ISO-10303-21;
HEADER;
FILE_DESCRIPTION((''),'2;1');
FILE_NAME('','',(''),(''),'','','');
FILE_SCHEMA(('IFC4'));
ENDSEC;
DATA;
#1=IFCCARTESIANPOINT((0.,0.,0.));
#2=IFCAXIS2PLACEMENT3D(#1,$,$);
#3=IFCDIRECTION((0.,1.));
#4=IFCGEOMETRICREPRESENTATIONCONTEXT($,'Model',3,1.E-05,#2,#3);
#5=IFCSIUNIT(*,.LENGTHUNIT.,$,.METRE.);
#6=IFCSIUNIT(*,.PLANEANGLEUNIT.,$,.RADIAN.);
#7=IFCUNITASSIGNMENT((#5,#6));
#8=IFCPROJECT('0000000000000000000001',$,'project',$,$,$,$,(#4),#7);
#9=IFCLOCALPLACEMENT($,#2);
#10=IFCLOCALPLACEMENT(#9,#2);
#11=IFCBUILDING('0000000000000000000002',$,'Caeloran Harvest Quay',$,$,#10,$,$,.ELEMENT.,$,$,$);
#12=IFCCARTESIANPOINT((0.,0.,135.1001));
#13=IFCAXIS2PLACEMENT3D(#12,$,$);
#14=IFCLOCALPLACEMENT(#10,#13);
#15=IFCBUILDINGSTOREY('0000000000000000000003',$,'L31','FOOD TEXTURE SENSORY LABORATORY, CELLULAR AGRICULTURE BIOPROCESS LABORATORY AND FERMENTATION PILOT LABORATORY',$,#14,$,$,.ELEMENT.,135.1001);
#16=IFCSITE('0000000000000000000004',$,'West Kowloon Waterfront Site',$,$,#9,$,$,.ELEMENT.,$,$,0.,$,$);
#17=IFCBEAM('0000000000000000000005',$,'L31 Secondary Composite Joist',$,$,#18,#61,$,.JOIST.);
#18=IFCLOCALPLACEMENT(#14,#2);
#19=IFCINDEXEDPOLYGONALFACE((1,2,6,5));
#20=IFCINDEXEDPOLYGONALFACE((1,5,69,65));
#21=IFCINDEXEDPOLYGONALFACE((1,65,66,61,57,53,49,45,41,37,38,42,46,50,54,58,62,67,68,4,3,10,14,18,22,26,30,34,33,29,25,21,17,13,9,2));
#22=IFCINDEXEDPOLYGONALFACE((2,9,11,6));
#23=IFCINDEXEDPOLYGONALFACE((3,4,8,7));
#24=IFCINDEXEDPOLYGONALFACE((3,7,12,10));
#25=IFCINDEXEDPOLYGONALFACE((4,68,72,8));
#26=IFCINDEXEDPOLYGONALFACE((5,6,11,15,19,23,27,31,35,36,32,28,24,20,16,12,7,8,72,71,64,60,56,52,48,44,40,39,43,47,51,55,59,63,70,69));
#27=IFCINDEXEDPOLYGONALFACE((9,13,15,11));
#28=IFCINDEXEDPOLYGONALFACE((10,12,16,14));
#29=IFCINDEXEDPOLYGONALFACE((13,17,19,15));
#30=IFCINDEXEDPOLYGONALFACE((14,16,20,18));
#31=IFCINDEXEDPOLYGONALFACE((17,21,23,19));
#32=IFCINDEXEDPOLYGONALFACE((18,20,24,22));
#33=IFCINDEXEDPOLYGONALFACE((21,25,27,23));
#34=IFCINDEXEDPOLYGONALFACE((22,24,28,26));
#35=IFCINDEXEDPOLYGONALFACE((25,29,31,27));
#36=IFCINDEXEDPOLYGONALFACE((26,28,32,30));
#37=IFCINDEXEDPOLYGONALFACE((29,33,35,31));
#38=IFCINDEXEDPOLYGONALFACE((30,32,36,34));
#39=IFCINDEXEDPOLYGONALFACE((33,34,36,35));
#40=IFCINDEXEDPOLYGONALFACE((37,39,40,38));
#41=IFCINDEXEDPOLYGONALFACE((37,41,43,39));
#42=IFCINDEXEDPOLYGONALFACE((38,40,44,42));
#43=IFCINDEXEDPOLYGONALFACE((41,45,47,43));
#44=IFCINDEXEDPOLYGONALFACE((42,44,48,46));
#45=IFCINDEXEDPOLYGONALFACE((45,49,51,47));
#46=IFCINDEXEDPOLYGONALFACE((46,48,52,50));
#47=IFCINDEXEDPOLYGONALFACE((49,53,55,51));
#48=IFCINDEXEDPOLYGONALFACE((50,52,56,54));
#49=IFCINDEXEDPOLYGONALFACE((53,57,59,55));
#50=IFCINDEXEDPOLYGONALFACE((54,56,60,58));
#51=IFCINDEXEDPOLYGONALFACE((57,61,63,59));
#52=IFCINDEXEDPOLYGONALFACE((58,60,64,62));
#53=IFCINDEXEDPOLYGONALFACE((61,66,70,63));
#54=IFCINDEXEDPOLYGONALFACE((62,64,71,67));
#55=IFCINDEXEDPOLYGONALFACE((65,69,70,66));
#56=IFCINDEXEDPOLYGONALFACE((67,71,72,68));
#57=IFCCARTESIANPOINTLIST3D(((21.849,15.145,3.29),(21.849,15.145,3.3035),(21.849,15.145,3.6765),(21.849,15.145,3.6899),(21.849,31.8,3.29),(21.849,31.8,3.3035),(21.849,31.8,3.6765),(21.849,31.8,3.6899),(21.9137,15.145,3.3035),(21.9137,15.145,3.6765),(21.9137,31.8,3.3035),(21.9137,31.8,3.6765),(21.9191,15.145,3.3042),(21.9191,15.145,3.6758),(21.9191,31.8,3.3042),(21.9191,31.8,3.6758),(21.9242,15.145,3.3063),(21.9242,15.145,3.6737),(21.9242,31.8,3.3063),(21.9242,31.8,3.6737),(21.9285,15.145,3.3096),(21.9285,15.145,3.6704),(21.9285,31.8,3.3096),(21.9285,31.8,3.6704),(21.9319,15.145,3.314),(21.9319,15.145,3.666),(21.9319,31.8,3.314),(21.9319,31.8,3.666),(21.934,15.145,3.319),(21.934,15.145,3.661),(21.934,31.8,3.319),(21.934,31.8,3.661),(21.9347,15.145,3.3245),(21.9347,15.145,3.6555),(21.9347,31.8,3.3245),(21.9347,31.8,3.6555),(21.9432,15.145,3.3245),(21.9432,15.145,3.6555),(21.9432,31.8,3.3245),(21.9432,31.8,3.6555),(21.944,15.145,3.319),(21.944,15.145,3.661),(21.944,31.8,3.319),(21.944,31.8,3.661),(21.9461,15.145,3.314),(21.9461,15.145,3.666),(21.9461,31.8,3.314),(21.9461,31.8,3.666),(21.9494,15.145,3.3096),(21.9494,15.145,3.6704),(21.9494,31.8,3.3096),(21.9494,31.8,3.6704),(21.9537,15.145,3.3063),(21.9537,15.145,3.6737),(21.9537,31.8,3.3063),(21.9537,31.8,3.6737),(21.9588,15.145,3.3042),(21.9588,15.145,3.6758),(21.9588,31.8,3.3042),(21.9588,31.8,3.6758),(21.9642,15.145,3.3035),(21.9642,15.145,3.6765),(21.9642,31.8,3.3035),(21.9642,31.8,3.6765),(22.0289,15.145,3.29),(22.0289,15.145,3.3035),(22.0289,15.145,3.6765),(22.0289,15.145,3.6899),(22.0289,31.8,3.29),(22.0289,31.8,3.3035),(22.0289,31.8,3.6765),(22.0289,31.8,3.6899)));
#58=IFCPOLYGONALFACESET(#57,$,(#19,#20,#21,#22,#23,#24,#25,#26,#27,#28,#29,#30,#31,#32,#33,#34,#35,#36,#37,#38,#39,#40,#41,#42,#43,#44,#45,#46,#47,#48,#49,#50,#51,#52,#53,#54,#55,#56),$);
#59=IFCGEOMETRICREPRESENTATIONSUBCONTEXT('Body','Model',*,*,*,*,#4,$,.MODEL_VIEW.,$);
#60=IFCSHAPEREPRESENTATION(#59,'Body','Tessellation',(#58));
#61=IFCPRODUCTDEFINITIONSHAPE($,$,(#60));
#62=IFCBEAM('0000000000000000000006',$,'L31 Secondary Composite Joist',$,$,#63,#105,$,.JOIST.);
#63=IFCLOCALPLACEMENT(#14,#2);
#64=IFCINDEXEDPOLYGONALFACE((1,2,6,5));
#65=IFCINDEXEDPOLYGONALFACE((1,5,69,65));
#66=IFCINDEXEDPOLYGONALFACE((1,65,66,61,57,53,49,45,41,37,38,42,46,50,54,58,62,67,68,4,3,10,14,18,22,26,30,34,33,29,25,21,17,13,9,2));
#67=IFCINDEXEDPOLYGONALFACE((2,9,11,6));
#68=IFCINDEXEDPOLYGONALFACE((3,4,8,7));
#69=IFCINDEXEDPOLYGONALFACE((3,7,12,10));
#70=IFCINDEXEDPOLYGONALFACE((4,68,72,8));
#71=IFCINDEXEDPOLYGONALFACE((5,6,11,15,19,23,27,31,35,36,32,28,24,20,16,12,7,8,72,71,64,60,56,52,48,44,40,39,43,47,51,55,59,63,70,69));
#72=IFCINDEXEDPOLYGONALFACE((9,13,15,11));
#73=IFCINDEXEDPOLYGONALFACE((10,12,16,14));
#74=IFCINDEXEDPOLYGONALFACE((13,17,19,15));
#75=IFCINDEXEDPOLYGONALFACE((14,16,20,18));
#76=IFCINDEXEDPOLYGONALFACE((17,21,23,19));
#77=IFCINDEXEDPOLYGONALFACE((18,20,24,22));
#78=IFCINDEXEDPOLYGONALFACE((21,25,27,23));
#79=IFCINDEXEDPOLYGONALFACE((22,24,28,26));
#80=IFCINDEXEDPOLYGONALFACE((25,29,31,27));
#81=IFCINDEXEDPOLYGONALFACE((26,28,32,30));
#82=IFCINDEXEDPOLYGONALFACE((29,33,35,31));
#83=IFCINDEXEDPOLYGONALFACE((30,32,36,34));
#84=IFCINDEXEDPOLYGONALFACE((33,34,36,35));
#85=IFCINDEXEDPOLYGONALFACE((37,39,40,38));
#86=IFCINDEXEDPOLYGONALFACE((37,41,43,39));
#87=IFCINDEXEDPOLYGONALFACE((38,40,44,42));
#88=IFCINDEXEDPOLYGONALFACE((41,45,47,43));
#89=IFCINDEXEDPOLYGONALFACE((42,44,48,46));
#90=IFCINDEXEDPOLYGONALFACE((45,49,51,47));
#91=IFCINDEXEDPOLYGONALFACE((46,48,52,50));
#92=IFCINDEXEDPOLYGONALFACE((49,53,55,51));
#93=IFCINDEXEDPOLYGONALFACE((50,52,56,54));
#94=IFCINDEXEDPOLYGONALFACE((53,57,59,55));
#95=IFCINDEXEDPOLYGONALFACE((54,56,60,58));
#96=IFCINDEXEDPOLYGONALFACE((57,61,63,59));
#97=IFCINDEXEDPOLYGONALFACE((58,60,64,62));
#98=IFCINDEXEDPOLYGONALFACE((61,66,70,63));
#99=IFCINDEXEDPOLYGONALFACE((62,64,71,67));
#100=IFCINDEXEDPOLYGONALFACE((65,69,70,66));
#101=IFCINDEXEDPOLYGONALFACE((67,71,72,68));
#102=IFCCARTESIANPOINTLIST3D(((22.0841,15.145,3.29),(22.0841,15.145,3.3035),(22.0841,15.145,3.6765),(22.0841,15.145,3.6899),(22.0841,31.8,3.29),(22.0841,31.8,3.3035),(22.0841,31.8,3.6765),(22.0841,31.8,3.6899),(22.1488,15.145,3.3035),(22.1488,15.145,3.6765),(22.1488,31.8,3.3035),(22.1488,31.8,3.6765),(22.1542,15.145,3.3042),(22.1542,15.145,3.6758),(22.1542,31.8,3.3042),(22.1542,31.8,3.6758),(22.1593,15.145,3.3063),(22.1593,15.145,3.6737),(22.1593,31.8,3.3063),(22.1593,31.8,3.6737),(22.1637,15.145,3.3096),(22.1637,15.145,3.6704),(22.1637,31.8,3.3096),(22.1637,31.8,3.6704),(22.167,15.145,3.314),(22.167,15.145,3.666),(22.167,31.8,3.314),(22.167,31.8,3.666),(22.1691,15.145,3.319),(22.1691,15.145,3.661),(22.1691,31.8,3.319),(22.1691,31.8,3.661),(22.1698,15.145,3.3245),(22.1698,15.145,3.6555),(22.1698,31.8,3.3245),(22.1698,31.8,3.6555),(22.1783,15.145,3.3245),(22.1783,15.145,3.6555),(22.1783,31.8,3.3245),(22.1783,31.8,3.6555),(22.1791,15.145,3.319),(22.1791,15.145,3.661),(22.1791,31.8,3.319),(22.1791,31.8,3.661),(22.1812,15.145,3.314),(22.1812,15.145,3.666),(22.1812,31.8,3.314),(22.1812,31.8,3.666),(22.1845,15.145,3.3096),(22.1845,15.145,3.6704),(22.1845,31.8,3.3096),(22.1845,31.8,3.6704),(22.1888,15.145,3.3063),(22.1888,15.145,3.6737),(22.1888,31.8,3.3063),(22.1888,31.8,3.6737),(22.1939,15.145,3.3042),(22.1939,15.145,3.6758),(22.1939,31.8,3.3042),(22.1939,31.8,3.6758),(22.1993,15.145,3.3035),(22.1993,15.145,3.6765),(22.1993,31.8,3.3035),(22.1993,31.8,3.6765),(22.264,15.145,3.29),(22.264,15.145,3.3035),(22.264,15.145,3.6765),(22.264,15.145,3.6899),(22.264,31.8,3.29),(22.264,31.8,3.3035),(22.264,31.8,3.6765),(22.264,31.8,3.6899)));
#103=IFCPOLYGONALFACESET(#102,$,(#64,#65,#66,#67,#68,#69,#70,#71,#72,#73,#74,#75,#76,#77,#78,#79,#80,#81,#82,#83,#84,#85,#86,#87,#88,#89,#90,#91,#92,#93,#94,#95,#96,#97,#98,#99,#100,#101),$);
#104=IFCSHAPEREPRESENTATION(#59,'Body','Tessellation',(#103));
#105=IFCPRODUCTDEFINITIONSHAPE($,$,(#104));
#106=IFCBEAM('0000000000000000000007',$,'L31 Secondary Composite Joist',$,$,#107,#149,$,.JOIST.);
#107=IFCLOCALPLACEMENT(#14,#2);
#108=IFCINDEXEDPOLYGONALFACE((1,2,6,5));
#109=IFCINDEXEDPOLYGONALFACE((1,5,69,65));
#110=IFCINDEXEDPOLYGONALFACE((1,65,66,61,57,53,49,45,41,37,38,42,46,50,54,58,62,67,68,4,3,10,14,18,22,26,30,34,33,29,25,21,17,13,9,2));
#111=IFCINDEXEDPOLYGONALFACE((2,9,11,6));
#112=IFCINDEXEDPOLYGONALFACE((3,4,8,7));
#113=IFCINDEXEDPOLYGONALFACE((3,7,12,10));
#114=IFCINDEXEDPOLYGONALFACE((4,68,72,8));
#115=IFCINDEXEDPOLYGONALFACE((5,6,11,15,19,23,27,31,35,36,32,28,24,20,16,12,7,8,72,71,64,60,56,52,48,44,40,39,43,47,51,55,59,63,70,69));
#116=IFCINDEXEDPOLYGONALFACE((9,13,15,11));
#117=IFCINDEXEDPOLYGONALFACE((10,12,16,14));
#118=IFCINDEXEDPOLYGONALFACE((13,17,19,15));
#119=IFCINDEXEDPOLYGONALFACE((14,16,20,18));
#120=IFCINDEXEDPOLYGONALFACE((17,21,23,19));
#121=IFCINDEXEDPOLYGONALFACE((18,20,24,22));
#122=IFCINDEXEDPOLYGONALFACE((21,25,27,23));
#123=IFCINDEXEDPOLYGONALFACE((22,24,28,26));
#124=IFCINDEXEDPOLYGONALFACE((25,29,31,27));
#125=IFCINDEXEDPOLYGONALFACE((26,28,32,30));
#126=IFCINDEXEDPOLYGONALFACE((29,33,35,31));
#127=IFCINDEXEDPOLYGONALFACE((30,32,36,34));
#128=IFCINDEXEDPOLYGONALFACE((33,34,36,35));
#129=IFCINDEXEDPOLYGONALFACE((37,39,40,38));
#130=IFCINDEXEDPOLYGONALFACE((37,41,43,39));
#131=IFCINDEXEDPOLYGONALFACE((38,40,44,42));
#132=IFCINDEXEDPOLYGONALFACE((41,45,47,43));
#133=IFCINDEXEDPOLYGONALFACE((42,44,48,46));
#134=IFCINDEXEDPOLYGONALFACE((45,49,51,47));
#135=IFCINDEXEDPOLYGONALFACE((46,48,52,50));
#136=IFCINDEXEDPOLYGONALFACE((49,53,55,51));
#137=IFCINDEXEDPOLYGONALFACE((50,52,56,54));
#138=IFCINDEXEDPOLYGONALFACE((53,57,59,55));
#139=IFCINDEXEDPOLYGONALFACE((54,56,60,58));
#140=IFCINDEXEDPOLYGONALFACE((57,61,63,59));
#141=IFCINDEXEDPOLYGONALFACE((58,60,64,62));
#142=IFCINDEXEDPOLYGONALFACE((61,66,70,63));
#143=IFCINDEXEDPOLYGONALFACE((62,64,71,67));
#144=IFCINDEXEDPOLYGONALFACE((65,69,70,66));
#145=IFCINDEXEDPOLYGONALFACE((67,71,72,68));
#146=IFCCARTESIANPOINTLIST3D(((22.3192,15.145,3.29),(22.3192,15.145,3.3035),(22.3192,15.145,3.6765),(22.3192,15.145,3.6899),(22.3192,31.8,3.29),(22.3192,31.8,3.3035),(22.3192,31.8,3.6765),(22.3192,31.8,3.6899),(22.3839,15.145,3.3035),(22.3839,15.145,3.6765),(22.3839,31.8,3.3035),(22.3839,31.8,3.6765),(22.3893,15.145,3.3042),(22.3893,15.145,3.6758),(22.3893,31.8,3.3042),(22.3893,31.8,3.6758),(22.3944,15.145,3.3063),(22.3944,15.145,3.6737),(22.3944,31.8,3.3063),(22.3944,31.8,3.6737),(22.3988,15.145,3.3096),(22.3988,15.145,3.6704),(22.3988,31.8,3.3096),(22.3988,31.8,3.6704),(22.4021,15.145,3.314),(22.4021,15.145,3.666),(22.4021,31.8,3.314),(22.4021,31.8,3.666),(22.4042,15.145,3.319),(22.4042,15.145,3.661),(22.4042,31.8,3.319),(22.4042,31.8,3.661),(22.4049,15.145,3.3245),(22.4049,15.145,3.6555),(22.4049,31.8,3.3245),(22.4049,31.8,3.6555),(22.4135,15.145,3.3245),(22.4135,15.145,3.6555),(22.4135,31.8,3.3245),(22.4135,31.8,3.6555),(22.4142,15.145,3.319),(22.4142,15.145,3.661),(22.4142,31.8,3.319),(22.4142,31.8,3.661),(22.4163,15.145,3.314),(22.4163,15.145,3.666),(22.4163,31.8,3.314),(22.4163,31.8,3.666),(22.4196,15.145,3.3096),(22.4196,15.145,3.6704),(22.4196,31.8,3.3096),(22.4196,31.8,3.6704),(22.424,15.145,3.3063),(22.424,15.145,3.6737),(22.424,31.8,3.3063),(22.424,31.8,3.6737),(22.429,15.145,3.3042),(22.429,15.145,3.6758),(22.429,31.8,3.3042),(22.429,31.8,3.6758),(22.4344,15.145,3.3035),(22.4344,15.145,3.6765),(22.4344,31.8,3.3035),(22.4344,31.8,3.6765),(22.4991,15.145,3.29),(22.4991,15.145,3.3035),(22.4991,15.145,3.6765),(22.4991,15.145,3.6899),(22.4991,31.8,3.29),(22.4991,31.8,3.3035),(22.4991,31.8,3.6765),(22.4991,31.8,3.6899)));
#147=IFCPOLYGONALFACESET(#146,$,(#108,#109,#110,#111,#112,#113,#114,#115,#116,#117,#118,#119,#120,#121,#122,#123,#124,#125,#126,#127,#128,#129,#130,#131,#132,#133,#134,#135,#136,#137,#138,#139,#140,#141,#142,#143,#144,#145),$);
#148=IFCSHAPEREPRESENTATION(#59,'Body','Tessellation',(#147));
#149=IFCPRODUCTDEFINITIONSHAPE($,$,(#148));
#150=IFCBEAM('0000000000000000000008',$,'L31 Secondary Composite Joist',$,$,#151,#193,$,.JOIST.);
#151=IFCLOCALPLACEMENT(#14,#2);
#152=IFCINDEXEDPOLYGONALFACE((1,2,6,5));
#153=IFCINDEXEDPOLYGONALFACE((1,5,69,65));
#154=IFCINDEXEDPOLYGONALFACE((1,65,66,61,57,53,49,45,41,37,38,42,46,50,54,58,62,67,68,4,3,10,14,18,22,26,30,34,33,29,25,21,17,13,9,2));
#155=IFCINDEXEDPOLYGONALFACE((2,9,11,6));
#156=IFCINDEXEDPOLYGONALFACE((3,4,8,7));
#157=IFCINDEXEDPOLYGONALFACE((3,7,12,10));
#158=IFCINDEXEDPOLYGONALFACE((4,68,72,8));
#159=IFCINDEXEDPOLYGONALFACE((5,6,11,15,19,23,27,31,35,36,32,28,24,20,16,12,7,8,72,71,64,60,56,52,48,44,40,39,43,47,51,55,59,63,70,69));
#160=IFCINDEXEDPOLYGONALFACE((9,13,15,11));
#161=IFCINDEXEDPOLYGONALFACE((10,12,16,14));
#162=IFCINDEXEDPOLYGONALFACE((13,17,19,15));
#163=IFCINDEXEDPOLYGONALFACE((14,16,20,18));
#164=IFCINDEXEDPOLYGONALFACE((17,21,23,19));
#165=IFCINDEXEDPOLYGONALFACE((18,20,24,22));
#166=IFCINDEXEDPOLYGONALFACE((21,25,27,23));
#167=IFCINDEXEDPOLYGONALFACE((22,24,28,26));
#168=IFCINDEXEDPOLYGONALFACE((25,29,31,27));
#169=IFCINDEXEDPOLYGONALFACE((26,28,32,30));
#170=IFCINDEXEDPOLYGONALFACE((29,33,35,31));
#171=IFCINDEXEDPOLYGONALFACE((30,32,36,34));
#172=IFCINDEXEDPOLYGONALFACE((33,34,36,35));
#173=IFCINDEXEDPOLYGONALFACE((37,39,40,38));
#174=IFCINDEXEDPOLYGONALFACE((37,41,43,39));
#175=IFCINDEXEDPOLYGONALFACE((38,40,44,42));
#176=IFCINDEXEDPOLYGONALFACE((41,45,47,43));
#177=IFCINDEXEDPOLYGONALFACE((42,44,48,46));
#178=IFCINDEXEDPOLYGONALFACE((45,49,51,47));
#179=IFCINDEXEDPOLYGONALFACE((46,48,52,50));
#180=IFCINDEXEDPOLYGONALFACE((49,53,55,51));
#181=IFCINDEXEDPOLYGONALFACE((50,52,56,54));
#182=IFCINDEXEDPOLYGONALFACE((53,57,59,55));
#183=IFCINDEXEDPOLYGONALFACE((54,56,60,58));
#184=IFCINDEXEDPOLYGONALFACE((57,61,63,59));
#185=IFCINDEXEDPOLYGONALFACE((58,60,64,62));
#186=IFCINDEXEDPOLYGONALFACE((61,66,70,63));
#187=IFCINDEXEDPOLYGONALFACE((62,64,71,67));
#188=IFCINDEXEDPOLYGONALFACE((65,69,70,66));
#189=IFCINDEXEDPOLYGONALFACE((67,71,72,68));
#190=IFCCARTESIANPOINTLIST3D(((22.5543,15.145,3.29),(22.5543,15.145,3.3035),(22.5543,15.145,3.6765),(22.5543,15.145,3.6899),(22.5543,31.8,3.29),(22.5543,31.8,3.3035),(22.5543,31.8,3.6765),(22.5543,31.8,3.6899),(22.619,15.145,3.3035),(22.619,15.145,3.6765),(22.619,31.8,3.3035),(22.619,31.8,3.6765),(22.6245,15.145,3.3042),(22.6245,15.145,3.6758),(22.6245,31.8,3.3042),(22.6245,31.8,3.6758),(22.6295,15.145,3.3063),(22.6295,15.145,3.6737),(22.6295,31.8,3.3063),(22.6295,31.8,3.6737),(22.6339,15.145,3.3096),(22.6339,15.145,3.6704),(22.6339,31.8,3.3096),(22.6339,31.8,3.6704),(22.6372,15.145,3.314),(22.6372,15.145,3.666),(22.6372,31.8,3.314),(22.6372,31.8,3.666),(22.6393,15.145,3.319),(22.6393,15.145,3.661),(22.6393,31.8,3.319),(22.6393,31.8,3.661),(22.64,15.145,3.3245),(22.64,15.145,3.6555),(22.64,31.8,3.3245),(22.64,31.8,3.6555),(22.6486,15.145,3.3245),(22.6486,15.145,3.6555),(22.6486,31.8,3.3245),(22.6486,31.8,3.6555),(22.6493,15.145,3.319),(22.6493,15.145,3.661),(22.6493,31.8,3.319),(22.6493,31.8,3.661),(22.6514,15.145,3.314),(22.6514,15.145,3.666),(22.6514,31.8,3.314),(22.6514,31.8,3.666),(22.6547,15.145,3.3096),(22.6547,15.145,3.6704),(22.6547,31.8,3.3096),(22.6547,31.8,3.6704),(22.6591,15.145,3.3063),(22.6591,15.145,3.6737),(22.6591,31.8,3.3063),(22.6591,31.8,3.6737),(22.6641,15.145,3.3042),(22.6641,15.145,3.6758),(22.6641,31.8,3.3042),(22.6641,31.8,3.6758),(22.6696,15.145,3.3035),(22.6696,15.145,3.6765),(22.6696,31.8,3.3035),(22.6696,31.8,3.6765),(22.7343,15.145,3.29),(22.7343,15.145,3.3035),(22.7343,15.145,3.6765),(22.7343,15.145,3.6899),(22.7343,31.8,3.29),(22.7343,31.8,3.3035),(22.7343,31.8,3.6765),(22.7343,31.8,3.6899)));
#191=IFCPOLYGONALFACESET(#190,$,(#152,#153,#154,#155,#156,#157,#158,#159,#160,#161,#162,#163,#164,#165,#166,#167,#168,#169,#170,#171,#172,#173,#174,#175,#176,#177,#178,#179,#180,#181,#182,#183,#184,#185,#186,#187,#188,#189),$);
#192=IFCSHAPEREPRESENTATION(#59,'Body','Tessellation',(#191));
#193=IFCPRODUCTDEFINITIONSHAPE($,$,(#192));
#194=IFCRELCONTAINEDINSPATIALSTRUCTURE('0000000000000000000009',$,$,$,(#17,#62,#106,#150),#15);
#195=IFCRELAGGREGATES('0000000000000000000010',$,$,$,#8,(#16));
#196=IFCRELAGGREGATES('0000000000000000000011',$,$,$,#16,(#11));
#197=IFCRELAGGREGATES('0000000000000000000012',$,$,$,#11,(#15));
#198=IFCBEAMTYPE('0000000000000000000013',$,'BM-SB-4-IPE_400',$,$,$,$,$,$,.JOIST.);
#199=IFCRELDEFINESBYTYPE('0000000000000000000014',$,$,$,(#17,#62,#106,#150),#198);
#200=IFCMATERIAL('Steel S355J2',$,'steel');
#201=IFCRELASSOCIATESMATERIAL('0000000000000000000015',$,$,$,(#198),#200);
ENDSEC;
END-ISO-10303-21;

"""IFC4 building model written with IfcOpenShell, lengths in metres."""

from ifc_helpers import new_model, si_unit, direction, frame, origin, origin_2d, place, context, subcontext, project, spatial, i_section, extrude, material, material_profile, profile_set, type_object, element, save


model = new_model("IFC4")

# Units and contexts
model_context = context("Model", 3, precision=1e-05, world=origin(), true_north=direction((0.0, 1.0)))
body_context = subcontext(model_context, "Body", "Model", "MODEL_VIEW")
ifc_project = project(units=[si_unit("LENGTHUNIT", "METRE"), si_unit("PLANEANGLEUNIT", "RADIAN")], contexts=[model_context])

# Site, building, storey
site_placement = place(None, origin())
site = spatial("IfcSite", under=ifc_project, at=site_placement, Name="West Kowloon Waterfront Site", CompositionType="ELEMENT", RefElevation=0.0)
building_placement = place(site_placement, origin())
building = spatial("IfcBuilding", under=site, at=building_placement, Name="Caeloran Harvest Quay", CompositionType="ELEMENT")
storey_placement = place(building_placement, frame((0.0, 0.0, 135.1001)))
storey = spatial("IfcBuildingStorey", under=building, at=storey_placement, Name="L31", Description="FOOD TEXTURE SENSORY LABORATORY, CELLULAR AGRICULTURE BIOPROCESS LABORATORY AND FERMENTATION PILOT LABORATORY", CompositionType="ELEMENT", Elevation=135.1001)

# Beams
ifc_material_1 = material(Name="Steel S355J2", Category="steel")
ifc_material_profile_1 = material_profile(ifc_material_1, i_section(OverallWidth=0.1799, OverallDepth=0.3999, WebThickness=0.0085, FlangeThickness=0.0134, FilletRadius=0.021, at=origin_2d()), Name="IPE 400")
ifc_profile_set_1 = profile_set([ifc_material_profile_1], Name="Steel S355J2")
beam_type_1 = type_object("IfcBeamType", Name="BM-SB-4-IPE_400", PredefinedType="JOIST", material=ifc_profile_set_1)
for number, where, z_axis, x_axis, name in (
    (1, (21.939, 15.145, 3.49), (0.0, 1.0, 0.0), (-1.0, 0.0, 0.0), "L31 Secondary Composite Joist"),
    (2, (22.1741, 15.145, 3.49), (0.0, 1.0, 0.0), (-1.0, 0.0, 0.0), "L31 Secondary Composite Joist"),
    (3, (22.4092, 15.145, 3.49), (0.0, 1.0, 0.0), (-1.0, 0.0, 0.0), "L31 Secondary Composite Joist"),
    (4, (22.6443, 15.145, 3.49), (0.0, 1.0, 0.0), (-1.0, 0.0, 0.0), "L31 Secondary Composite Joist"),
):
    element("IfcBeam", number, at=place(storey_placement, frame(where, z_axis=z_axis, x_axis=x_axis)), inside=storey, type_object=beam_type_1, Name=name, PredefinedType="JOIST", context=body_context, shape_type="SweptSolid", body=[
        extrude(i_section(OverallWidth=0.1799, OverallDepth=0.3999, WebThickness=0.0085, FlangeThickness=0.0134, FilletRadius=0.021, at=origin_2d()), origin(), (0.0, 0.0, 1.0), 16.655),
    ])

save(model, "model.ifc")
